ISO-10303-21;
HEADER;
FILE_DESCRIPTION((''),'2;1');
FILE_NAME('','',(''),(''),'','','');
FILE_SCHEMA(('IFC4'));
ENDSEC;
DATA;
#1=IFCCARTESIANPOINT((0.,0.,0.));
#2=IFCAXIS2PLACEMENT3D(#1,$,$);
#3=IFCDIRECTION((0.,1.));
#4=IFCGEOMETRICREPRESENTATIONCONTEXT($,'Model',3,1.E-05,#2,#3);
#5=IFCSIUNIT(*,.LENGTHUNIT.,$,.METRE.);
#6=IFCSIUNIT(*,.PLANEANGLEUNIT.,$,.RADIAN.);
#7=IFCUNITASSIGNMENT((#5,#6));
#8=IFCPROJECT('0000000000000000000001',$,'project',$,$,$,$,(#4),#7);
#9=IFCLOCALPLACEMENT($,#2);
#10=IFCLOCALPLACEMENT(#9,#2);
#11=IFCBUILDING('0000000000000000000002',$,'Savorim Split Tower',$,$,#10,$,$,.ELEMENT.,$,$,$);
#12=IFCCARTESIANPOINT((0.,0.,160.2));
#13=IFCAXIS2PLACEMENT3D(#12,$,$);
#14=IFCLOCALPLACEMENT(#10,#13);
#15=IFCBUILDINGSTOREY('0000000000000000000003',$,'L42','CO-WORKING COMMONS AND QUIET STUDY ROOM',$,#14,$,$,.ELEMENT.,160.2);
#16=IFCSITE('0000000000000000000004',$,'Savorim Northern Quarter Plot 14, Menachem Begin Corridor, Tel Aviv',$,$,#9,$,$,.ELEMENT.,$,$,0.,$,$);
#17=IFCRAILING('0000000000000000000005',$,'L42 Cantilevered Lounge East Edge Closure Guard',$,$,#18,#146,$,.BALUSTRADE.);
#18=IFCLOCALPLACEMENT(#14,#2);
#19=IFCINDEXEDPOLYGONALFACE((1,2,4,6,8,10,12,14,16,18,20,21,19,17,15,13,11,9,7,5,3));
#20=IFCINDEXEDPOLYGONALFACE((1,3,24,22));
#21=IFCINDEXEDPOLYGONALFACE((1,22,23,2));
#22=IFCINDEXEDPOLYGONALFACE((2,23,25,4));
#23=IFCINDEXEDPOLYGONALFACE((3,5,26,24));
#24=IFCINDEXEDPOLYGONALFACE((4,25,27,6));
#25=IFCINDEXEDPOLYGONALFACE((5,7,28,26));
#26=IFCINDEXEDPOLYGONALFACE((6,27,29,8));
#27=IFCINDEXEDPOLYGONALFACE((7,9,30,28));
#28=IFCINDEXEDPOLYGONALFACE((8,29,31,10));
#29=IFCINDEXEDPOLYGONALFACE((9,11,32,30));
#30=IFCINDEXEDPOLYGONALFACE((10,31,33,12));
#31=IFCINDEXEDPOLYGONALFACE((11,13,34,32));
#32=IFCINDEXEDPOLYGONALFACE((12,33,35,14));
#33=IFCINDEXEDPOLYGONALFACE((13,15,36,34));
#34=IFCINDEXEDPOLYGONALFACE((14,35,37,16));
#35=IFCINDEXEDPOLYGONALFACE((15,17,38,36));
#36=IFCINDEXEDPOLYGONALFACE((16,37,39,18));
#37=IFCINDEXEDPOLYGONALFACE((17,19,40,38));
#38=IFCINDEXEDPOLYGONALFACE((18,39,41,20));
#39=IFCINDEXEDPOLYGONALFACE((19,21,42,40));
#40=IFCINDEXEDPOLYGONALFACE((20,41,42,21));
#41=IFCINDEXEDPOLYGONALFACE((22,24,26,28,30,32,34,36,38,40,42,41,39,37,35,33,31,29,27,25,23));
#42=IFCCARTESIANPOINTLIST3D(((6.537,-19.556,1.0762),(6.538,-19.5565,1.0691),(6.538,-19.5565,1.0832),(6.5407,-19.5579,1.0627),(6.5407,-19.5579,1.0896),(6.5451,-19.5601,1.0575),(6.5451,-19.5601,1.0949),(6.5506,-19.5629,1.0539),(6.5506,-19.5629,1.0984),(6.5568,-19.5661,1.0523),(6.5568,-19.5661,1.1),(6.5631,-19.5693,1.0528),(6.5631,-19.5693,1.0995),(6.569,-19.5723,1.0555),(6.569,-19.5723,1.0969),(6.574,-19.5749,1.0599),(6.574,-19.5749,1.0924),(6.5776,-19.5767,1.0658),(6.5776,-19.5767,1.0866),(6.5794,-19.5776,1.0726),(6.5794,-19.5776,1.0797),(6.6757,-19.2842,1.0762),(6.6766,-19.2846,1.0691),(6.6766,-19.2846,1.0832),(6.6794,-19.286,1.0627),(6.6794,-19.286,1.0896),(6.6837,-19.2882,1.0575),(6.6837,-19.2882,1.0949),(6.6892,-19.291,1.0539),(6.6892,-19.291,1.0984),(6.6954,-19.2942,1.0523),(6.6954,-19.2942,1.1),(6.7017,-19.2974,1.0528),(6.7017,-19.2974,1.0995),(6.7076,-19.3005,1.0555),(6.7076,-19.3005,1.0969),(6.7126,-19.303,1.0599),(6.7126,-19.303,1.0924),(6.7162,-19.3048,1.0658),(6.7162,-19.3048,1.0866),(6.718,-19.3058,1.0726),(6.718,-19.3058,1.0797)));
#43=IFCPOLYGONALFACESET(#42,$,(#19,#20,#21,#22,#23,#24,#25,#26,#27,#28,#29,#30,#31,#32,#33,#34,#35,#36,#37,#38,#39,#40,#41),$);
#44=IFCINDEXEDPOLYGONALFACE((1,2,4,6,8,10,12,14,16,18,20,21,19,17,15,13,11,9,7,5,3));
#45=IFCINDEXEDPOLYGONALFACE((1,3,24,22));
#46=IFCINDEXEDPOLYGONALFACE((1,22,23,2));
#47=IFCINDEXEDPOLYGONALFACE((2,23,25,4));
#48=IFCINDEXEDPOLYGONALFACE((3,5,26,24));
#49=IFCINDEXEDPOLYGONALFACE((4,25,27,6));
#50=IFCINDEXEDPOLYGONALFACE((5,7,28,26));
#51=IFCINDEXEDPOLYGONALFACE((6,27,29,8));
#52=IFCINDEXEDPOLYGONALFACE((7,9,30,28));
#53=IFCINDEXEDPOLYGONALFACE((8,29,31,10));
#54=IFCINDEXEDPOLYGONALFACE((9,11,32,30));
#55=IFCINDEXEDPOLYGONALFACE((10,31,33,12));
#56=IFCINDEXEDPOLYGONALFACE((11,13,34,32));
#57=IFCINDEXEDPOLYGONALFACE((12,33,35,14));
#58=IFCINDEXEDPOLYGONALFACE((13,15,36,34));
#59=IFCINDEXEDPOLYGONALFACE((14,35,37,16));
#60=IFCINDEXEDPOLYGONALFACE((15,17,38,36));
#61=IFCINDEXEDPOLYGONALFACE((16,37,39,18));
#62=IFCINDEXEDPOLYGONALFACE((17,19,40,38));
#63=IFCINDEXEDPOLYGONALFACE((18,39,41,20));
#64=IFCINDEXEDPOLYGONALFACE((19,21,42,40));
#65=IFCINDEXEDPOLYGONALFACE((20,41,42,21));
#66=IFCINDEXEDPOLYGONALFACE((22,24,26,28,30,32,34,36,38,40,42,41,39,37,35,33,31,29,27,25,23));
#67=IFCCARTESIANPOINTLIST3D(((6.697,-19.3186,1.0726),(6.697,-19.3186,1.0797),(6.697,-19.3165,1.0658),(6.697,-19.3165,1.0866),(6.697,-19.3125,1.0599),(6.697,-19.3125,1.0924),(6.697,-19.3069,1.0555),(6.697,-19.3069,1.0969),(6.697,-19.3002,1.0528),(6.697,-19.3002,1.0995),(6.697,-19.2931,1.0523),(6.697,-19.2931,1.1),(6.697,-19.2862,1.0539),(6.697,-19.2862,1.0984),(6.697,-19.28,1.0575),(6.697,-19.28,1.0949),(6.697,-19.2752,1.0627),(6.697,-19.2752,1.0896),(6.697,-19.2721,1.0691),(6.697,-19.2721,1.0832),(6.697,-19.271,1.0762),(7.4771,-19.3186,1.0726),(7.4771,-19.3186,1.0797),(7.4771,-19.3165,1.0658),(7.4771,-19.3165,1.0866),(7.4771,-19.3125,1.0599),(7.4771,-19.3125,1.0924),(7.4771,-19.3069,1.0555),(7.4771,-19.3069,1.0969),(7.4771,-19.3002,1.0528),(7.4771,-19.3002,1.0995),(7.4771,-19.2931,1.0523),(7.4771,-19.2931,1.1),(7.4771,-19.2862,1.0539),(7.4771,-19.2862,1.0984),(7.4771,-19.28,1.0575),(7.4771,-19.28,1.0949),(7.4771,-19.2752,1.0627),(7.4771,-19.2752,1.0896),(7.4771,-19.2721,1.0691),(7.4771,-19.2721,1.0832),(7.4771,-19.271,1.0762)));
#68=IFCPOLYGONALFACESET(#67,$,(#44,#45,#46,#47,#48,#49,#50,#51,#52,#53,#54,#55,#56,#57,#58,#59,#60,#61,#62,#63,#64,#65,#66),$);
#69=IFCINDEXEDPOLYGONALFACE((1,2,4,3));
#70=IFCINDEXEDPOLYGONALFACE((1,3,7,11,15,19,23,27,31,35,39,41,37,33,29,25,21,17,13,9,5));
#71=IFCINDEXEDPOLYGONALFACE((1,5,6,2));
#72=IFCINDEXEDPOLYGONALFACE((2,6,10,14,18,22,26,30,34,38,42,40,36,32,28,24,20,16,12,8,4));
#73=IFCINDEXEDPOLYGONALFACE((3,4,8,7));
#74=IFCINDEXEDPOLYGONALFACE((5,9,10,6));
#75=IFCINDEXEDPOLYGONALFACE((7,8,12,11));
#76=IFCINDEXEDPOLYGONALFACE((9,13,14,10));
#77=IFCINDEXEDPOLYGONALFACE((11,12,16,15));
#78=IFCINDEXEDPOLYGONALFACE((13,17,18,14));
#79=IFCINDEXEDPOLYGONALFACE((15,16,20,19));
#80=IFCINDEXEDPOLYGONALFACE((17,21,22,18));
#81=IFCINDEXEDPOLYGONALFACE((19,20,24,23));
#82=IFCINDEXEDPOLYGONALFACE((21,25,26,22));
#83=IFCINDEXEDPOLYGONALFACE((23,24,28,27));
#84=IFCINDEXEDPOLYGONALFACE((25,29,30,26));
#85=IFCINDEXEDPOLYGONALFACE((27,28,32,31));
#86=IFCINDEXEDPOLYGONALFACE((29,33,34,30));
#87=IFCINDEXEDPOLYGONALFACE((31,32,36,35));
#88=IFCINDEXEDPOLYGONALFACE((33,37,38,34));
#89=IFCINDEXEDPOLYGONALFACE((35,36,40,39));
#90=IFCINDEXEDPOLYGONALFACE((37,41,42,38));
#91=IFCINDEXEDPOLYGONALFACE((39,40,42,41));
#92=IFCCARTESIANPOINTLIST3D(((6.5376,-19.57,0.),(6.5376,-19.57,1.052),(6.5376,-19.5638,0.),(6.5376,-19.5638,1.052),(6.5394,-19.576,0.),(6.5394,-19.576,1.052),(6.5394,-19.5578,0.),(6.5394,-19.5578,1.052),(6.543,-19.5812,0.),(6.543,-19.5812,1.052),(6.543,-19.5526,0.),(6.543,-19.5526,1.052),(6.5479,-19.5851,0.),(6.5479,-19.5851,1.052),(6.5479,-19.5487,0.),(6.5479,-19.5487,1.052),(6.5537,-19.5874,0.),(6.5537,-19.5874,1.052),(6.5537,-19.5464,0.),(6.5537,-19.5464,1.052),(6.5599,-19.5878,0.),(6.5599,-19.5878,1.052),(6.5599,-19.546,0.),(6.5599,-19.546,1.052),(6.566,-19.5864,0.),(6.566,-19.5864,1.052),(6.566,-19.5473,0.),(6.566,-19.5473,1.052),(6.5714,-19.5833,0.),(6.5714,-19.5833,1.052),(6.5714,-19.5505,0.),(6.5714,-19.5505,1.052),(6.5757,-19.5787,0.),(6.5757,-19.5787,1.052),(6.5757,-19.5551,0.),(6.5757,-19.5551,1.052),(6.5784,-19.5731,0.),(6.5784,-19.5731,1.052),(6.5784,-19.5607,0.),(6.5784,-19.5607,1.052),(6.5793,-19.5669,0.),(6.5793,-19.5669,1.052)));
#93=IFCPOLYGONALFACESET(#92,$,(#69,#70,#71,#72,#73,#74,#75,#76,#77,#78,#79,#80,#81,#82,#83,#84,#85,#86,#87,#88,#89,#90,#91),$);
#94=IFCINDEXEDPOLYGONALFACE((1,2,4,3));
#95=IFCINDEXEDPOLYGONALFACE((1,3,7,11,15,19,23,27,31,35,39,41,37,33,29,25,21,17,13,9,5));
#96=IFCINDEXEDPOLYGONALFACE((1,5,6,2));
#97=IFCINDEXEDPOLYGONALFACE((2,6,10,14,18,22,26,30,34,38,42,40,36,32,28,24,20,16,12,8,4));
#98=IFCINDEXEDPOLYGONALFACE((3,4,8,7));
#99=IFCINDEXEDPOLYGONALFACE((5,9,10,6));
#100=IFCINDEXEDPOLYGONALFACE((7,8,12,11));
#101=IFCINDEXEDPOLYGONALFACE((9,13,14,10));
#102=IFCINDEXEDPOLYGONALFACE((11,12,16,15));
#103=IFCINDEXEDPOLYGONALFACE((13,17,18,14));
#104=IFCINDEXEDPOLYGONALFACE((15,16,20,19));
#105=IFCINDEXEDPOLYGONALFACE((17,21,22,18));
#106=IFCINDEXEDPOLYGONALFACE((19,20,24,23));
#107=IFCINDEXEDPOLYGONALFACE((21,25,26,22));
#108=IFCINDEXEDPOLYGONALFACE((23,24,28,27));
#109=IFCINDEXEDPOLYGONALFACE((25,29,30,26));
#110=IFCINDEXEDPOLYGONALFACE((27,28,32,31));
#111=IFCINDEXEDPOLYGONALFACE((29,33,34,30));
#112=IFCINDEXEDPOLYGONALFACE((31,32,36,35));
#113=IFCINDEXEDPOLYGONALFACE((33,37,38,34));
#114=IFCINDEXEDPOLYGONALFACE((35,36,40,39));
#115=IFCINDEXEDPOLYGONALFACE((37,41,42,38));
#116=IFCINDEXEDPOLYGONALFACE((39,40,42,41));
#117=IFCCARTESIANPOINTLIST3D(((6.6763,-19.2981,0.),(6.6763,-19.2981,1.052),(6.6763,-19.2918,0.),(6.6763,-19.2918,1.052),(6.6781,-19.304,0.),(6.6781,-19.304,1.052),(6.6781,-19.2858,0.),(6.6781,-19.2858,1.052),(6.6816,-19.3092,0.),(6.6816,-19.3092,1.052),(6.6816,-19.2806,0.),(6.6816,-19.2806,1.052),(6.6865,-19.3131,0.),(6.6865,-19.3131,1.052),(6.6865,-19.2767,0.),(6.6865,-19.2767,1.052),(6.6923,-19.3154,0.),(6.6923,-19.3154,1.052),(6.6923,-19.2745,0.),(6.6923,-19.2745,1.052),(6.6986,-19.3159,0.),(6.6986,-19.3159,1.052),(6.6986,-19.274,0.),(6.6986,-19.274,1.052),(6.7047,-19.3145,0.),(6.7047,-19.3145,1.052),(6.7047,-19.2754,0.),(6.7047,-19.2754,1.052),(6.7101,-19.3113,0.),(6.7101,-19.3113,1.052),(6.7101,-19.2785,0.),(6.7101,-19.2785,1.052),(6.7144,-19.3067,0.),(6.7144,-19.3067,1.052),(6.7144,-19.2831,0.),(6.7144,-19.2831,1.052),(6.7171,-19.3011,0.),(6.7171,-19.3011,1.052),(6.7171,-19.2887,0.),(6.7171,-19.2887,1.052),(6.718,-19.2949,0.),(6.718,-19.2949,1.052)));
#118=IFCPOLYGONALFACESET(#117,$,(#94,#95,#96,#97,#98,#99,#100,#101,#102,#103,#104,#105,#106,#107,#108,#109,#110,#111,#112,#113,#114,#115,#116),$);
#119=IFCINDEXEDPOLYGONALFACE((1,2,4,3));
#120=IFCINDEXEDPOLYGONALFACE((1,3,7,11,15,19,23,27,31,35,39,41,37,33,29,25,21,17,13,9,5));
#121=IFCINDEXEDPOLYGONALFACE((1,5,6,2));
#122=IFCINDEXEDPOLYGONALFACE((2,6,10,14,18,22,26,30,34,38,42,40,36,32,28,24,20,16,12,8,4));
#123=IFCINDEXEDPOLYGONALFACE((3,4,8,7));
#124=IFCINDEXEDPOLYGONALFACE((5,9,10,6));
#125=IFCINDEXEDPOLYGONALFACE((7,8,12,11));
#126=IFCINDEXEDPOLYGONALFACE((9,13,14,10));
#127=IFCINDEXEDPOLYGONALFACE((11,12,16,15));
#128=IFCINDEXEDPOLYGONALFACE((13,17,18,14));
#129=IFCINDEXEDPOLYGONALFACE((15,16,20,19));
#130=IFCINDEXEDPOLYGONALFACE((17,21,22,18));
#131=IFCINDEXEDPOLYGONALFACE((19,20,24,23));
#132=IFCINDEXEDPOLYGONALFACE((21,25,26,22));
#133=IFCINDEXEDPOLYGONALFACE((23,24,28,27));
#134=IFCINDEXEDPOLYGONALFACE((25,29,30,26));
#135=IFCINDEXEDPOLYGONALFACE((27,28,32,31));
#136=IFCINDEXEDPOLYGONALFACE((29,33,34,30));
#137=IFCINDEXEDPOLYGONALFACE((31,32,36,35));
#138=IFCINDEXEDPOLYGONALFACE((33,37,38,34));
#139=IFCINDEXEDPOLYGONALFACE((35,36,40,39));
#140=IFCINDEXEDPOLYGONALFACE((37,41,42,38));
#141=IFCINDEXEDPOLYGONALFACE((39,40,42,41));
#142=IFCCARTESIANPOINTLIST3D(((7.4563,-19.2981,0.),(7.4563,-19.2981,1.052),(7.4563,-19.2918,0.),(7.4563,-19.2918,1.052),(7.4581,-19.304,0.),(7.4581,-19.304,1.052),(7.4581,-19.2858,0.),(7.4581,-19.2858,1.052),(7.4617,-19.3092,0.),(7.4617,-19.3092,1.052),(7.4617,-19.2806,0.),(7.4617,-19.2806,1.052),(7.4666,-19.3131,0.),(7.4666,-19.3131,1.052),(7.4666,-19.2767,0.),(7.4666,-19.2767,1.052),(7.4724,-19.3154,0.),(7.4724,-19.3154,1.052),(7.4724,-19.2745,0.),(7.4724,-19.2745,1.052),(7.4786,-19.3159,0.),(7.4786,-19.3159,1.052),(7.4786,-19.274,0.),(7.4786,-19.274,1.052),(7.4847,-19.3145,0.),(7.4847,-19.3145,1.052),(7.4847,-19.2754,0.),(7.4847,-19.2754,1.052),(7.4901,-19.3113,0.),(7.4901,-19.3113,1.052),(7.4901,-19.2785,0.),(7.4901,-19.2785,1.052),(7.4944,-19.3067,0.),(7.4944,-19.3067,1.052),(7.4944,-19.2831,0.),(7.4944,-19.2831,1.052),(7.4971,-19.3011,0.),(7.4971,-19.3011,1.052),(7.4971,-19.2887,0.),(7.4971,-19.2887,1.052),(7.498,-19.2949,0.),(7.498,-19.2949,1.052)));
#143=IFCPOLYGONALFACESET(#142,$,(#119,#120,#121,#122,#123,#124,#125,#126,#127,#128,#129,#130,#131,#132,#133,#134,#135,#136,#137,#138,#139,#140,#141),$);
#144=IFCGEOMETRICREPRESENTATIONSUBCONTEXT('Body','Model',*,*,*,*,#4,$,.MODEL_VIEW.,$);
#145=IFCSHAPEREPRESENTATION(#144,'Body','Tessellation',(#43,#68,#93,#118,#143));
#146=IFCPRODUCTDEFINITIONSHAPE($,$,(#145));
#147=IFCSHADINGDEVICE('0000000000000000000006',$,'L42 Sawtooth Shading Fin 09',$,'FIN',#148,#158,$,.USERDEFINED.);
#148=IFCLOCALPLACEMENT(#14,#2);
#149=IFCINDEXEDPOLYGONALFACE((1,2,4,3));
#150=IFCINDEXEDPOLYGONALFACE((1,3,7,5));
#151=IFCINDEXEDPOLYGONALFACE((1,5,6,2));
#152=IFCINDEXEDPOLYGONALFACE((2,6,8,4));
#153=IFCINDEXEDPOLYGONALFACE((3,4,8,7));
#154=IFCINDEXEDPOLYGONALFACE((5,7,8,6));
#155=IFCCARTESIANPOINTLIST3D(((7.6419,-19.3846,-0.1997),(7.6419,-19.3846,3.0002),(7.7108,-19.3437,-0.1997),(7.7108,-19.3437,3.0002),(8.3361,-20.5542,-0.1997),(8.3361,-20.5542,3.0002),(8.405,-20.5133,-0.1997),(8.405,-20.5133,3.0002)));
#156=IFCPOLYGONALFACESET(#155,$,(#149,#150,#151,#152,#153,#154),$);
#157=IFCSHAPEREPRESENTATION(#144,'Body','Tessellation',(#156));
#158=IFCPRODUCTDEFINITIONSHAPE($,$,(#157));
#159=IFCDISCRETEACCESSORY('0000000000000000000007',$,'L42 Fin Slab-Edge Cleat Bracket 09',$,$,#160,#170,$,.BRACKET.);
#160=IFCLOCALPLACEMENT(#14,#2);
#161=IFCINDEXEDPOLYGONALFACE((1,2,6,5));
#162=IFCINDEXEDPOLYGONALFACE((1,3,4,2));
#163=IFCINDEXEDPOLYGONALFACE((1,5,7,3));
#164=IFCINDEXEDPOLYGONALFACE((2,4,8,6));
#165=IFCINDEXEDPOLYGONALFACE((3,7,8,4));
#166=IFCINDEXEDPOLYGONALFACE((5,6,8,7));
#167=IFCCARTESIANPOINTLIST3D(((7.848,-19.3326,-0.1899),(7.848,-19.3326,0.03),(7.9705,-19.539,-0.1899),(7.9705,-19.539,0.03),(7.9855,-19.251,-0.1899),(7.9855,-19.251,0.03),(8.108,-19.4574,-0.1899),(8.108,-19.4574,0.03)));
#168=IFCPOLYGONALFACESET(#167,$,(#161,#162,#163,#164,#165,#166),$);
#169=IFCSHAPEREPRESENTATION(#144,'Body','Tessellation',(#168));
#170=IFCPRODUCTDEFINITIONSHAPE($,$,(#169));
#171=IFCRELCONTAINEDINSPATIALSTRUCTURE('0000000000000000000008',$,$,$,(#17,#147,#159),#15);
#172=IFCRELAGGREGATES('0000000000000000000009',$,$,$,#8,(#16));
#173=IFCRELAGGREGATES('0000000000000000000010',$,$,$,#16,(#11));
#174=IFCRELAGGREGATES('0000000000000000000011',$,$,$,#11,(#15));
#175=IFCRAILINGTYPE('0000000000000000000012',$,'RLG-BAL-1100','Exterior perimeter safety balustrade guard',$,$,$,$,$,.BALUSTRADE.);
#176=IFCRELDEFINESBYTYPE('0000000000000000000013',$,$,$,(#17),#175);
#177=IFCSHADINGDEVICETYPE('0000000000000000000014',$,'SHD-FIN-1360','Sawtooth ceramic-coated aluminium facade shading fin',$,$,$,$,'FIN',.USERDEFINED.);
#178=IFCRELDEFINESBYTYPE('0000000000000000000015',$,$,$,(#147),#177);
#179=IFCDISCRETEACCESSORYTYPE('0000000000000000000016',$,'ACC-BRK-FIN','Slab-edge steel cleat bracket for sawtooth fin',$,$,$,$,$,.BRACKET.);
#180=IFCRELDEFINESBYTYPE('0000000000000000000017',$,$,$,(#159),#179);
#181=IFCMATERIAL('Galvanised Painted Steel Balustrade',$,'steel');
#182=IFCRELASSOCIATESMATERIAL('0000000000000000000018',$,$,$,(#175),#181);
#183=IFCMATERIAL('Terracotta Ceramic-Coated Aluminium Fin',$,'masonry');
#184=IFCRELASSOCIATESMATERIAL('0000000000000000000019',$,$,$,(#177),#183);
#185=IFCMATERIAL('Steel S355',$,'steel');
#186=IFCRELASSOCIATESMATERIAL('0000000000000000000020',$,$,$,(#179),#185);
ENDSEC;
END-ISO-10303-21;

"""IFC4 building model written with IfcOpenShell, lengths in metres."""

from ifc_helpers import new_model, si_unit, direction, frame, origin, origin_2d, place, context, subcontext, project, spatial, rectangle, circle, extrude, material, type_object, element, save


model = new_model("IFC4")

# Units and contexts
model_context = context("Model", 3, precision=1e-05, world=origin(), true_north=direction((0.0, 1.0)))
body_context = subcontext(model_context, "Body", "Model", "MODEL_VIEW")
ifc_project = project(units=[si_unit("LENGTHUNIT", "METRE"), si_unit("PLANEANGLEUNIT", "RADIAN")], contexts=[model_context])

# Site, building, storey
site_placement = place(None, origin())
site = spatial("IfcSite", under=ifc_project, at=site_placement, Name="Savorim Northern Quarter Plot 14, Menachem Begin Corridor, Tel Aviv", CompositionType="ELEMENT", RefElevation=0.0)
building_placement = place(site_placement, origin())
building = spatial("IfcBuilding", under=site, at=building_placement, Name="Savorim Split Tower", CompositionType="ELEMENT")
storey_placement = place(building_placement, frame((0.0, 0.0, 160.2)))
storey = spatial("IfcBuildingStorey", under=building, at=storey_placement, Name="L42", Description="CO-WORKING COMMONS AND QUIET STUDY ROOM", CompositionType="ELEMENT", Elevation=160.2)

# Shared definitions
ifc_material_1 = material(Name="Steel S355", Category="steel")

# Railing
ifc_material_2 = material(Name="Galvanised Painted Steel Balustrade", Category="steel")
railing_type = type_object("IfcRailingType", Name="RLG-BAL-1100", Description="Exterior perimeter safety balustrade guard", PredefinedType="BALUSTRADE", material=ifc_material_2)
railing_placement = place(storey_placement, frame((6.5583, -19.5669, 0.0)))
element("IfcRailing", 1, at=railing_placement, inside=storey, type_object=railing_type, Name="L42 Cantilevered Lounge East Edge Closure Guard", PredefinedType="BALUSTRADE", context=body_context, shape_type="SweptSolid", body=[
    extrude(circle(Radius=0.0239, at=origin_2d()), frame((0.0, 0.0, 1.0762), z_axis=(0.454237, 0.890881, 0.0), x_axis=(-0.890881, 0.454237, 0.0)), (0.0, 0.0, 1.0), 0.3052),
    extrude(circle(Radius=0.0239, at=origin_2d()), frame((0.1387, 0.272, 1.0762), z_axis=(1.0, 0.0, 0.0), x_axis=(0.0, 1.0, 0.0)), (0.0, 0.0, 1.0), 0.78),
    extrude(circle(Radius=0.021, at=origin_2d()), origin(), (0.0, 0.0, 1.0), 1.052),
    extrude(circle(Radius=0.021, at=origin_2d()), frame((0.1387, 0.272, 0.0)), (0.0, 0.0, 1.0), 1.052),
    extrude(circle(Radius=0.021, at=origin_2d()), frame((0.9187, 0.272, 0.0)), (0.0, 0.0, 1.0), 1.052),
])

# Shading device
ifc_material_3 = material(Name="Terracotta Ceramic-Coated Aluminium Fin", Category="masonry")
shading_device_type = type_object("IfcShadingDeviceType", Name="SHD-FIN-1360", Description="Sawtooth ceramic-coated aluminium facade shading fin", ElementType="FIN", PredefinedType="USERDEFINED", material=ifc_material_3)
shading_device_placement = place(storey_placement, frame((8.0234, -19.949, -0.1997), z_axis=(0.0, 0.0, 1.0), x_axis=(0.510391, -0.859942, 0.0)))
element("IfcShadingDevice", 2, at=shading_device_placement, inside=storey, type_object=shading_device_type, Name="L42 Sawtooth Shading Fin 09", ObjectType="FIN", PredefinedType="USERDEFINED", context=body_context, shape_type="SweptSolid", body=[
    extrude(rectangle(XDim=1.3601, YDim=0.0801, at=origin_2d()), origin(), (0.0, 0.0, 1.0), 3.2),
])

# Discrete accessory
discrete_accessory_type = type_object("IfcDiscreteAccessoryType", Name="ACC-BRK-FIN", Description="Slab-edge steel cleat bracket for sawtooth fin", PredefinedType="BRACKET", material=ifc_material_1)
discrete_accessory_placement = place(storey_placement, frame((7.978, -19.395, -0.1899), z_axis=(0.0, 0.0, 1.0), x_axis=(0.510391, -0.859942, 0.0)))
element("IfcDiscreteAccessory", 3, at=discrete_accessory_placement, inside=storey, type_object=discrete_accessory_type, Name="L42 Fin Slab-Edge Cleat Bracket 09", PredefinedType="BRACKET", context=body_context, shape_type="SweptSolid", body=[
    extrude(rectangle(XDim=0.24, YDim=0.1599, at=origin_2d()), origin(), (0.0, 0.0, 1.0), 0.22),
])

save(model, "model.ifc")
